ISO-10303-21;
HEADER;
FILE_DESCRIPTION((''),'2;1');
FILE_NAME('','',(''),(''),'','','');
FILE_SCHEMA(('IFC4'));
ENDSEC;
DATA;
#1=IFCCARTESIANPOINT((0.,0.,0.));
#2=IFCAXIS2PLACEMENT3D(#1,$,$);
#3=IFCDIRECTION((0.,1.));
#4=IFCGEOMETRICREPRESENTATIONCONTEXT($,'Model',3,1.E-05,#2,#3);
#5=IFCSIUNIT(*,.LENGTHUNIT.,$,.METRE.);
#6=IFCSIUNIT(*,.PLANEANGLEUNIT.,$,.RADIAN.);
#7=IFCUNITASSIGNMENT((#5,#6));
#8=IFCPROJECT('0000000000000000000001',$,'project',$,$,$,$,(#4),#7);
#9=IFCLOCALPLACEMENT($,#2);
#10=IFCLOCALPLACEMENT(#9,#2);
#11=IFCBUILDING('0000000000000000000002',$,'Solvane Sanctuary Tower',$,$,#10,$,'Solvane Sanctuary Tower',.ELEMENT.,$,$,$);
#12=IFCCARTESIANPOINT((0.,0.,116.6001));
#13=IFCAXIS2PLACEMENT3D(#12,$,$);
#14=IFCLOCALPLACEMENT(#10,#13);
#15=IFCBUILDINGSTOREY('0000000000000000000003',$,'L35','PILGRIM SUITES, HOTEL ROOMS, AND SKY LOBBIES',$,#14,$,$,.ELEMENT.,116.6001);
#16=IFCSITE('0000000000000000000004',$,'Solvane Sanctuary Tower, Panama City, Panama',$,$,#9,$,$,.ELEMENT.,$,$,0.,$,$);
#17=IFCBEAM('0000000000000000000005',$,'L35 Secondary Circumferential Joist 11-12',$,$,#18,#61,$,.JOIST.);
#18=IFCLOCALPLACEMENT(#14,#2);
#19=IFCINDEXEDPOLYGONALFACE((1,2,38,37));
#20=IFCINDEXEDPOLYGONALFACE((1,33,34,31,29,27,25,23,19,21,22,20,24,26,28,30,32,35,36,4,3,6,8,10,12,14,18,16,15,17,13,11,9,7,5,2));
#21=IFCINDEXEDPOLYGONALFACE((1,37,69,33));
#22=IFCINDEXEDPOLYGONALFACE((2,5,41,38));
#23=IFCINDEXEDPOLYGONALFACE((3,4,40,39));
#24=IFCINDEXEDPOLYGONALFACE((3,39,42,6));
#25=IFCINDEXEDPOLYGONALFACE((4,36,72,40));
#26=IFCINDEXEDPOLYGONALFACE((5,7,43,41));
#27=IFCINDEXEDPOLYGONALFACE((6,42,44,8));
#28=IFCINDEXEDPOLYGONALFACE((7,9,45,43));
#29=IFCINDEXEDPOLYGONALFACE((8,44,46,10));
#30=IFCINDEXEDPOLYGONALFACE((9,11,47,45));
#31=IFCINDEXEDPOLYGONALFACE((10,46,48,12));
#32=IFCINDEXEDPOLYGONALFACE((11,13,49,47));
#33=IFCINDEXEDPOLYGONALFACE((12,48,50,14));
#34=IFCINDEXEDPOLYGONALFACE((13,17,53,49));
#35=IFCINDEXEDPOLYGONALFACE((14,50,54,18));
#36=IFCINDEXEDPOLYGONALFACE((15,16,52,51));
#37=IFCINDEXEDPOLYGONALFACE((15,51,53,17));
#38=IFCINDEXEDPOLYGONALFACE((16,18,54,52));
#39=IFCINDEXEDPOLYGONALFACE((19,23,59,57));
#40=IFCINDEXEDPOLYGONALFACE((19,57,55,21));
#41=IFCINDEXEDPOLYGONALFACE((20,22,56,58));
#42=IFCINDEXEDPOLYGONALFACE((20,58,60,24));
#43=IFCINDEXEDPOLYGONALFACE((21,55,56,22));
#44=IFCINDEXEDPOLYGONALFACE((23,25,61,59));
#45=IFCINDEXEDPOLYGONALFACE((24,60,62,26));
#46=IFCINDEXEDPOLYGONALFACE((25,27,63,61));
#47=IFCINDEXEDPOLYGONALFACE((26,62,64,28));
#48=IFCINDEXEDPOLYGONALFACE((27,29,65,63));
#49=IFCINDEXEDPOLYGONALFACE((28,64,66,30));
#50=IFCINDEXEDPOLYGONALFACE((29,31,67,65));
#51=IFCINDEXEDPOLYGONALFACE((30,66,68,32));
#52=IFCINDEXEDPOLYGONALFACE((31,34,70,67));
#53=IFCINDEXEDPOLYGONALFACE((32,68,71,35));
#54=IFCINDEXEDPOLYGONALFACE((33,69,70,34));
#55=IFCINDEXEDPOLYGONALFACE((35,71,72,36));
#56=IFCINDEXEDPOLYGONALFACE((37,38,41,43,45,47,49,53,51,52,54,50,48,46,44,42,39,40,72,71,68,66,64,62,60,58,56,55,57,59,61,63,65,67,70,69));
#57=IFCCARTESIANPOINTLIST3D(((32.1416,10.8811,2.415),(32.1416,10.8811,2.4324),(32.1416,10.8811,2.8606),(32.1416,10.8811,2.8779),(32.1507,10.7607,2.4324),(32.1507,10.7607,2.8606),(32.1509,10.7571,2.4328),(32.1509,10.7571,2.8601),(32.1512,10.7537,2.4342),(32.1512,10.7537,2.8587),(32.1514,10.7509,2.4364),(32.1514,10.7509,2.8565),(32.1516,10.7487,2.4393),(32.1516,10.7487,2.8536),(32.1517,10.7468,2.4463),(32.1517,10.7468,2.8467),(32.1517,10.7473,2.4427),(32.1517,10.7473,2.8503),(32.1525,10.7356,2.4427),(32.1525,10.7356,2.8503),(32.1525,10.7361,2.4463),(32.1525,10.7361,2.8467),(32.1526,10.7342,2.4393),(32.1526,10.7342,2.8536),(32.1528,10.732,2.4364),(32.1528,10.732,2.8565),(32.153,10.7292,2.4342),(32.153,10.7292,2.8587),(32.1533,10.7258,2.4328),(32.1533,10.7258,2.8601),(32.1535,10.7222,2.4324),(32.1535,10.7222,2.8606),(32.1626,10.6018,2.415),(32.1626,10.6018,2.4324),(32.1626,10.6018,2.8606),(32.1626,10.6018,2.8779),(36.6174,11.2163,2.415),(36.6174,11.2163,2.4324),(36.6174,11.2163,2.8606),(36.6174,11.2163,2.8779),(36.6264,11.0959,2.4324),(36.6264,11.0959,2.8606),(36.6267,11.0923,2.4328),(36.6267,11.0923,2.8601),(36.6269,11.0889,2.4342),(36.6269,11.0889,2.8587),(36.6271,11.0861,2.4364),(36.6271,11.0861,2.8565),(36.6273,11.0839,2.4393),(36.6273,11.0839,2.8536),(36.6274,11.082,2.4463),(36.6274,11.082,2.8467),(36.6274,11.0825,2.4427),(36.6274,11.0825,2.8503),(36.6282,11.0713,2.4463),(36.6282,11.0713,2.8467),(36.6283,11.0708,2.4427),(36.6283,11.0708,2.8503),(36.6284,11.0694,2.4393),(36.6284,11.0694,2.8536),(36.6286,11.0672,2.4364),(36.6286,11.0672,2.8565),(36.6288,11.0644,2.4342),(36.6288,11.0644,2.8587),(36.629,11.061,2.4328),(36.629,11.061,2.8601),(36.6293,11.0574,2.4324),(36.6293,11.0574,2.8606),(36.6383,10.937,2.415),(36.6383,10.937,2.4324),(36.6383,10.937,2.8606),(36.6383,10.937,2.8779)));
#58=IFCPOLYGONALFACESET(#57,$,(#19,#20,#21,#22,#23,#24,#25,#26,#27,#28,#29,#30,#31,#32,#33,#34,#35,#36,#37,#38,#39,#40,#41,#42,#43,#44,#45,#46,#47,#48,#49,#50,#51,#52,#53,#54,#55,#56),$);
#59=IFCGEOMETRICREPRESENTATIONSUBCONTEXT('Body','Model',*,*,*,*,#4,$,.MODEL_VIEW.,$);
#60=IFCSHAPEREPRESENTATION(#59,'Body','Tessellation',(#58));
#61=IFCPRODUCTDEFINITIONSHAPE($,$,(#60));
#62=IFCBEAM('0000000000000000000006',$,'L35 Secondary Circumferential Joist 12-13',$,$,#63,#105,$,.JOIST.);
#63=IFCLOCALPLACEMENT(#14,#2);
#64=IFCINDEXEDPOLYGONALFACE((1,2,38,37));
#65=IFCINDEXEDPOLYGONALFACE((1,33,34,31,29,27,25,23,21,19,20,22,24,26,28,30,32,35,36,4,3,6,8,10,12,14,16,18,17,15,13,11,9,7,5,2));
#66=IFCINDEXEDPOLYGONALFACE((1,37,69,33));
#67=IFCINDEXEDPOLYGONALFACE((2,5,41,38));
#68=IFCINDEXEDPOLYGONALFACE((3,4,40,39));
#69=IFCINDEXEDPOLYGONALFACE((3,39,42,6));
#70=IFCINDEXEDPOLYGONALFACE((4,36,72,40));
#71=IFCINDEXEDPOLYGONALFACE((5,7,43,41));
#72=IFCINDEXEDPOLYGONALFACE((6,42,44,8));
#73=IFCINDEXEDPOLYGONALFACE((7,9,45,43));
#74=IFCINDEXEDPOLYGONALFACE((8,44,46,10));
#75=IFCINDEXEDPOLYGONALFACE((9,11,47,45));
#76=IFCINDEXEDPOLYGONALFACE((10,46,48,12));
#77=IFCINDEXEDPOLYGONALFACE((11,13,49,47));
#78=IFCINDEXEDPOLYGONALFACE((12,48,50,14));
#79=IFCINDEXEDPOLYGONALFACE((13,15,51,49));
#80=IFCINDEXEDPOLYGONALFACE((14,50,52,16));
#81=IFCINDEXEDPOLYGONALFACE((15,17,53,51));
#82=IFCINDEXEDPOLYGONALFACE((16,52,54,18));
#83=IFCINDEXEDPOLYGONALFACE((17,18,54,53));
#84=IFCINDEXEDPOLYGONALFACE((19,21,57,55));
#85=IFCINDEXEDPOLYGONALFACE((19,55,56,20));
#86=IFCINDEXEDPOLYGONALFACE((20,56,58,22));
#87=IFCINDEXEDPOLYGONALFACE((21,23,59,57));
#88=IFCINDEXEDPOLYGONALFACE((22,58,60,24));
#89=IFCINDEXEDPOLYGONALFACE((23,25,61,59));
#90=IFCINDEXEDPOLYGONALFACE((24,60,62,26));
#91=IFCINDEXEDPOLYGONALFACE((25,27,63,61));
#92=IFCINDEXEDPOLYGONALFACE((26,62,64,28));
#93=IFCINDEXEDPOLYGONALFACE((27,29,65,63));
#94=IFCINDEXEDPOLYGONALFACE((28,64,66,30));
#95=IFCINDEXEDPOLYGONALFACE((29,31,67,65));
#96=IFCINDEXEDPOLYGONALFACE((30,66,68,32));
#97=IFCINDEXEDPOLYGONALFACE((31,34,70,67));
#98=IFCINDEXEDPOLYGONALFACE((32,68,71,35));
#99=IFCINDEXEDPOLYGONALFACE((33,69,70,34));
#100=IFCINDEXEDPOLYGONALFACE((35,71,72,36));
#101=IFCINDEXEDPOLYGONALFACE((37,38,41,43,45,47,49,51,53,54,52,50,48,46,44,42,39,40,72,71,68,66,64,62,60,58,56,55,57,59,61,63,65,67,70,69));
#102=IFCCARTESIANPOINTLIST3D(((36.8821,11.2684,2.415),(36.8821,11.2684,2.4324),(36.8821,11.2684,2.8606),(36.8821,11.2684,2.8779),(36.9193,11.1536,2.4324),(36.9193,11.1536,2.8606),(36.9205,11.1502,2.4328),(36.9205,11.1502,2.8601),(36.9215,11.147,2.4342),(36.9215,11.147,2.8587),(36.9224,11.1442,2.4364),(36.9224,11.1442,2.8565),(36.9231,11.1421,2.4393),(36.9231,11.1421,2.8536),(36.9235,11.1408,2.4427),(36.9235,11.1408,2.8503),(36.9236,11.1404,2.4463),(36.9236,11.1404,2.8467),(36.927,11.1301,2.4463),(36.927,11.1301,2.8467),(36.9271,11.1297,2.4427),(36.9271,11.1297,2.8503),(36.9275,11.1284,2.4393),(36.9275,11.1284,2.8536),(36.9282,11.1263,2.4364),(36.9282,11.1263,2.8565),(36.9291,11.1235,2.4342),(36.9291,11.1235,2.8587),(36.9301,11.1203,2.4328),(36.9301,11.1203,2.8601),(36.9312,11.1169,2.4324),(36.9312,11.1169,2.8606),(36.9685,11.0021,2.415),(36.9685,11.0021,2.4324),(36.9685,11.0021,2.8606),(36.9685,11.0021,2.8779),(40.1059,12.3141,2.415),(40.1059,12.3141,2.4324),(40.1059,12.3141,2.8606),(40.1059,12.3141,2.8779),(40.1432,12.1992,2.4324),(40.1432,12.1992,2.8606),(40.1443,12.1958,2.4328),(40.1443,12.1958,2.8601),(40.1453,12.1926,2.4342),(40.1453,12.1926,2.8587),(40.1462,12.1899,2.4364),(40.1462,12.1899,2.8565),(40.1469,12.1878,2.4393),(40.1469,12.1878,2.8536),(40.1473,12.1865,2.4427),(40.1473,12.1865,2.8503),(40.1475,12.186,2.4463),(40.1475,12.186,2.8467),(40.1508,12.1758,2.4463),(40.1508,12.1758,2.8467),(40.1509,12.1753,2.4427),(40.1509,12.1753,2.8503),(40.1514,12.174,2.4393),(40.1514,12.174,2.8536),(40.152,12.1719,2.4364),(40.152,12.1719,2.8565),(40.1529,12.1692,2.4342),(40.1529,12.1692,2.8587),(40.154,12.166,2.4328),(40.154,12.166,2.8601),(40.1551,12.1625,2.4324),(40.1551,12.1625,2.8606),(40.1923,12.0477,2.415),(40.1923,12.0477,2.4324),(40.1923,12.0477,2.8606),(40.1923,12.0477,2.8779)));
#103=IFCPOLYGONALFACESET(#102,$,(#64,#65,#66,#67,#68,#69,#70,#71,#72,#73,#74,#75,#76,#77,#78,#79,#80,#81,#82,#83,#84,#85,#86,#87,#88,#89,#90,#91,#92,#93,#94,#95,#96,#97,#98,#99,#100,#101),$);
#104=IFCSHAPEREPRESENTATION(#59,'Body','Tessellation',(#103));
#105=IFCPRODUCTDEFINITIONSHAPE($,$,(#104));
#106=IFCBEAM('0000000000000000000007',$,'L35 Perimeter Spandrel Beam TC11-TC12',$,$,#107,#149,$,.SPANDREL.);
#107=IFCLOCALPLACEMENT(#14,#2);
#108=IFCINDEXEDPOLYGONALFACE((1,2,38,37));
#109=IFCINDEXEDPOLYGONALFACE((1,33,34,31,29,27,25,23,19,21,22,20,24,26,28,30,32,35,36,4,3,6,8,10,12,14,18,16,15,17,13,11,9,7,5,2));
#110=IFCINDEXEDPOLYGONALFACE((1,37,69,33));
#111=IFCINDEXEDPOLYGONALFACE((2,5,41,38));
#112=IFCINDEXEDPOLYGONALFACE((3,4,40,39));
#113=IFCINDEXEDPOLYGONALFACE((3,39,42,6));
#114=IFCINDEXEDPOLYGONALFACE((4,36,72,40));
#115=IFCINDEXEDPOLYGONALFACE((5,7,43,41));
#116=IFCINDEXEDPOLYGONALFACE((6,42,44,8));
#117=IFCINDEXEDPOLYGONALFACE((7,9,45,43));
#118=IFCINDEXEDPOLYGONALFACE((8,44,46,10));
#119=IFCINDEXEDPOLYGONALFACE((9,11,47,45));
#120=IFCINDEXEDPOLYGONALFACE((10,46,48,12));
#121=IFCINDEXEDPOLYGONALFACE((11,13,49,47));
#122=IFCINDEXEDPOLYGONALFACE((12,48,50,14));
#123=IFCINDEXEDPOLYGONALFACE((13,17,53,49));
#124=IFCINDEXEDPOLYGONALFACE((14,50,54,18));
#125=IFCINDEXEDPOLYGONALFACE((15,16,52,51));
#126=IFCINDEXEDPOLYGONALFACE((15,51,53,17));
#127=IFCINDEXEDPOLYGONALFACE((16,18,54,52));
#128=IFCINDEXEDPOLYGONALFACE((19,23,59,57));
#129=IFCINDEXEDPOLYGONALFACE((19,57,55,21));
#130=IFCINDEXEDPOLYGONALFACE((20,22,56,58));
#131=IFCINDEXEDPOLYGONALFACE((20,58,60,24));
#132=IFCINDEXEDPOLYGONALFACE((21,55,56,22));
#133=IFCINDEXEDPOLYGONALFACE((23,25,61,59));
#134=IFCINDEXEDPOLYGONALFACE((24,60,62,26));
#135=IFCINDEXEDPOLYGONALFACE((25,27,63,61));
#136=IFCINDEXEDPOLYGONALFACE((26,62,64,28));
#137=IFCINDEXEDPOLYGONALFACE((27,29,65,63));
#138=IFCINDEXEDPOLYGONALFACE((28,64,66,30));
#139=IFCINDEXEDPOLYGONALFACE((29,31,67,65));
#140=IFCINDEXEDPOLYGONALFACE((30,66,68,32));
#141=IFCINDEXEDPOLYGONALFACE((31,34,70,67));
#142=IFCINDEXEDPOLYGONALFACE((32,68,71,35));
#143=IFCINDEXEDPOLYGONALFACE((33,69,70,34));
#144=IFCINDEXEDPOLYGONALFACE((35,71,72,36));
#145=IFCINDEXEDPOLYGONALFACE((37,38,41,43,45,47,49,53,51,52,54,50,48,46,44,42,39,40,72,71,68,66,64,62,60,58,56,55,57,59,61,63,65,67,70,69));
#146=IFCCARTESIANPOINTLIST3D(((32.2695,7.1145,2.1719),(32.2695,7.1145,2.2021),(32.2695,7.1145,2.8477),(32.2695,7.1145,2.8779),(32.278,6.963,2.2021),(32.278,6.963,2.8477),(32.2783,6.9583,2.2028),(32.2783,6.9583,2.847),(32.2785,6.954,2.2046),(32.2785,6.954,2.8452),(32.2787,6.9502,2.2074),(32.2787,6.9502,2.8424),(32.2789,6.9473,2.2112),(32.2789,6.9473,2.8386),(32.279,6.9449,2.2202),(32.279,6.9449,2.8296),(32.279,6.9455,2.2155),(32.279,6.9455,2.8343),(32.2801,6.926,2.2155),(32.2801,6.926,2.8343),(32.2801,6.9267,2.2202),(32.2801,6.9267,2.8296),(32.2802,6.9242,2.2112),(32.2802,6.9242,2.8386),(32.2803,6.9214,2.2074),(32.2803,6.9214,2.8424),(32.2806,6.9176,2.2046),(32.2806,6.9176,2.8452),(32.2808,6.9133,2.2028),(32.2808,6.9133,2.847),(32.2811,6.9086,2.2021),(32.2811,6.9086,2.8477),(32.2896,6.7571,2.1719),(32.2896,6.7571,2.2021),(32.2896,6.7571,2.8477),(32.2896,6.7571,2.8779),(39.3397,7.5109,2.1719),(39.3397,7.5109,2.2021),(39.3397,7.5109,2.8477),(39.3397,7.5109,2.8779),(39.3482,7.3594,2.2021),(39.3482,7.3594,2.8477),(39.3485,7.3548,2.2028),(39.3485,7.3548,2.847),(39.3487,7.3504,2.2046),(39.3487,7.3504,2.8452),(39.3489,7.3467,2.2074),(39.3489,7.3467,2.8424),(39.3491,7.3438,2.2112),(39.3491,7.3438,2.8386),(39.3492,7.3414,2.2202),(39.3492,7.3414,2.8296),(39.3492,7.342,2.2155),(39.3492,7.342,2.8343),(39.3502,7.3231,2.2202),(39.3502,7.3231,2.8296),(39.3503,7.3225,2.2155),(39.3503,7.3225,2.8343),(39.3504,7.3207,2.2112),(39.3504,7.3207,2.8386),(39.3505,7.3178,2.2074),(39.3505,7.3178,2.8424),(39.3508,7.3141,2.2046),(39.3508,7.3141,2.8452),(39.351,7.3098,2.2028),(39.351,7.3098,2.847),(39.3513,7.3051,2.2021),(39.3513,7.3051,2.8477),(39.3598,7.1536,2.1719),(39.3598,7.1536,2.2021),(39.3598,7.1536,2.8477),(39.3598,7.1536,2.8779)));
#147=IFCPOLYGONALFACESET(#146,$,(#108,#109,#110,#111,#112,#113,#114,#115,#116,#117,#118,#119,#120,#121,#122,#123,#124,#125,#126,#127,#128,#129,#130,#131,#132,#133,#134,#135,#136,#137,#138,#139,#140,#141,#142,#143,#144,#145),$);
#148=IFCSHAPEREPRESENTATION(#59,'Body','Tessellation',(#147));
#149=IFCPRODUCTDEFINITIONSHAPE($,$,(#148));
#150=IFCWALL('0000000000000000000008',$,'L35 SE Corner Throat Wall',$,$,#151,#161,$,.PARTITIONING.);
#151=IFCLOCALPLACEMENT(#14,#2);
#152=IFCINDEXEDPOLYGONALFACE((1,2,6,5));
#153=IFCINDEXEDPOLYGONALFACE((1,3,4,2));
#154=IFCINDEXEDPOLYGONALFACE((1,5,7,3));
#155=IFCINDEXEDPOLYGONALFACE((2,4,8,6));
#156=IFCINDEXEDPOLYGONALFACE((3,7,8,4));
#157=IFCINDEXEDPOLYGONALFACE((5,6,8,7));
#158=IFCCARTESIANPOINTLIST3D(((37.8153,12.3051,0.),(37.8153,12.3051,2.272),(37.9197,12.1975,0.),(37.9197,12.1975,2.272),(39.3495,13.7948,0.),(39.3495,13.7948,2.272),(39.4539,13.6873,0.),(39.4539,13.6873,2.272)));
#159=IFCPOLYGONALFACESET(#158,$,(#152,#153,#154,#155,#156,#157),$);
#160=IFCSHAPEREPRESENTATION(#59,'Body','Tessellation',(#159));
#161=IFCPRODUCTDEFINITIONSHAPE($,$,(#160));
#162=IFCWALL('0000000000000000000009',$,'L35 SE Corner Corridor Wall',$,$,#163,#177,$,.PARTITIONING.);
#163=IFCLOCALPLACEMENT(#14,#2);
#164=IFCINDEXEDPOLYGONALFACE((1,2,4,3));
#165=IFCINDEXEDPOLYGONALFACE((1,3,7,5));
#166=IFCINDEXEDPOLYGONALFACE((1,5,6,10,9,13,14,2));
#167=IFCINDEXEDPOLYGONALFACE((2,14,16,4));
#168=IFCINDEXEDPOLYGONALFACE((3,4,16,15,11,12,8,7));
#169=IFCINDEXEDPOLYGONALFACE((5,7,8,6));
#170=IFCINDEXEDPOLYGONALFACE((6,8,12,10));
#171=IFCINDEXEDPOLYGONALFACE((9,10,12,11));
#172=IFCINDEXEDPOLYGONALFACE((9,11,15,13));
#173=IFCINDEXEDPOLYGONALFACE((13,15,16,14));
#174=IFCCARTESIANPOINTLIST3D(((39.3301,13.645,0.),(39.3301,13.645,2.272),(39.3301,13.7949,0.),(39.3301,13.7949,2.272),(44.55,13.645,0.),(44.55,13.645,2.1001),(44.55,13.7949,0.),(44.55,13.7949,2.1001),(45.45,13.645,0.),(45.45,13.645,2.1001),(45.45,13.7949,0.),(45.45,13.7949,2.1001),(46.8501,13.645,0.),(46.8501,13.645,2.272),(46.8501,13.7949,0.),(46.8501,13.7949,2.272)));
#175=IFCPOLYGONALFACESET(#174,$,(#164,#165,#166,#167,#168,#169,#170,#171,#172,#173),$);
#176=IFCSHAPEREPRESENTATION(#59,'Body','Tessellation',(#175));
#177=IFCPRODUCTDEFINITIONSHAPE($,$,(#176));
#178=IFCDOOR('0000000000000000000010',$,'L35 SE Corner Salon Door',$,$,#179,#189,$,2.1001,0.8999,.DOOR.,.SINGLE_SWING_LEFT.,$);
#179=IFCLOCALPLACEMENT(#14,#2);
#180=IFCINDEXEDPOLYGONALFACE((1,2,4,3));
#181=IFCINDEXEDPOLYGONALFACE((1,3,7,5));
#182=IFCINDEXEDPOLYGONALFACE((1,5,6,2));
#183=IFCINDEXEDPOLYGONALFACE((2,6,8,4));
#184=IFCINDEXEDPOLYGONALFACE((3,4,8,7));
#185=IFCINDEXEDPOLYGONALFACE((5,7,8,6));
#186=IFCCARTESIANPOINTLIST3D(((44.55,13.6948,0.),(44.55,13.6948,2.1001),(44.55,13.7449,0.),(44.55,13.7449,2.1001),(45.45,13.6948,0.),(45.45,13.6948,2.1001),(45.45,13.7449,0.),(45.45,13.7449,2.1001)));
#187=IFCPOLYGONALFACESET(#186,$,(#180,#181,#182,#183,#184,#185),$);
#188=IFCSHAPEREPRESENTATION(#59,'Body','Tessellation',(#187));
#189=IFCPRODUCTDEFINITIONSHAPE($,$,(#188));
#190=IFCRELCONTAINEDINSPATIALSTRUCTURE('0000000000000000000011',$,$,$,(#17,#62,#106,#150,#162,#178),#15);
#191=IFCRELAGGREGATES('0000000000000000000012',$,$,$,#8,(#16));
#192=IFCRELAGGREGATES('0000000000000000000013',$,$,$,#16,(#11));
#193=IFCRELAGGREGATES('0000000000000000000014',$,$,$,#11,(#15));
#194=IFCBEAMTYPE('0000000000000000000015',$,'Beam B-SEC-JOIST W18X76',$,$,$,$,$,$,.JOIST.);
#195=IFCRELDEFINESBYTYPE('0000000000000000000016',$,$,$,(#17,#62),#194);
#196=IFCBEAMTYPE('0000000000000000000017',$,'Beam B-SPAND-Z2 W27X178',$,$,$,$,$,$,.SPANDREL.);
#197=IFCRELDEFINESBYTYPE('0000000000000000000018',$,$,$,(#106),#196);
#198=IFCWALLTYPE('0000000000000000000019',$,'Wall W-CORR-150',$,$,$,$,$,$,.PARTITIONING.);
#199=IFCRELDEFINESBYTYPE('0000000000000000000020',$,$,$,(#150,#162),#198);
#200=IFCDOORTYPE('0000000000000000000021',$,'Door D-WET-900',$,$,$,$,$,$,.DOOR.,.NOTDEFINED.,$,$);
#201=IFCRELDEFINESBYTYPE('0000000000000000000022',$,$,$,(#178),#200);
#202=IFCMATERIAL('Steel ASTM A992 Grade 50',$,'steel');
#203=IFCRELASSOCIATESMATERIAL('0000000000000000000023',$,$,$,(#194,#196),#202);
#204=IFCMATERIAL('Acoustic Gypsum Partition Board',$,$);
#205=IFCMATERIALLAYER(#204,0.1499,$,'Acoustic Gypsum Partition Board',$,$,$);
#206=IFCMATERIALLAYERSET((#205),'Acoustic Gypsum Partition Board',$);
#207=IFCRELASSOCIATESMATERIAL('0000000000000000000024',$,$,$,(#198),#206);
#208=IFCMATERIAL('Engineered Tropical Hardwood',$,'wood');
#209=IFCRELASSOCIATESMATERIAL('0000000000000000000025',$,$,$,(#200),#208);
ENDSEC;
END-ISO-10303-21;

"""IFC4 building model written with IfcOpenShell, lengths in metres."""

from ifc_helpers import new_model, si_unit, direction, frame, frame_2d, origin, origin_2d, place, context, subcontext, project, spatial, rectangle, i_section, extrude, material, layer, layer_set, material_profile, profile_set, type_object, element, fill, save


model = new_model("IFC4")

# Units and contexts
model_context = context("Model", 3, precision=1e-05, world=origin(), true_north=direction((0.0, 1.0)))
body_context = subcontext(model_context, "Body", "Model", "MODEL_VIEW")
ifc_project = project(units=[si_unit("LENGTHUNIT", "METRE"), si_unit("PLANEANGLEUNIT", "RADIAN")], contexts=[model_context])

# Site, building, storey
site_placement = place(None, origin())
site = spatial("IfcSite", under=ifc_project, at=site_placement, Name="Solvane Sanctuary Tower, Panama City, Panama", CompositionType="ELEMENT", RefElevation=0.0)
building_placement = place(site_placement, origin())
building = spatial("IfcBuilding", under=site, at=building_placement, Name="Solvane Sanctuary Tower", LongName="Solvane Sanctuary Tower", CompositionType="ELEMENT")
storey_placement = place(building_placement, frame((0.0, 0.0, 116.6001)))
storey = spatial("IfcBuildingStorey", under=building, at=storey_placement, Name="L35", Description="PILGRIM SUITES, HOTEL ROOMS, AND SKY LOBBIES", CompositionType="ELEMENT", Elevation=116.6001)

# Beams
ifc_material_1 = material(Name="Steel ASTM A992 Grade 50", Category="steel")
ifc_material_profile_1 = material_profile(ifc_material_1, i_section(OverallWidth=0.28, OverallDepth=0.4629, WebThickness=0.0107, FlangeThickness=0.0173, FilletRadius=0.0139, at=origin_2d()), Name="W18X76")
ifc_profile_set_1 = profile_set([ifc_material_profile_1], Name="Steel ASTM A992 Grade 50")
beam_type_1 = type_object("IfcBeamType", Name="Beam B-SEC-JOIST W18X76", PredefinedType="JOIST", material=ifc_profile_set_1)
beam_1_placement = place(storey_placement, frame((32.1521, 10.7415, 2.6465), z_axis=(0.997207, 0.074683, 0.0), x_axis=(-0.074683, 0.997207, 0.0)))
element("IfcBeam", 1, at=beam_1_placement, inside=storey, type_object=beam_type_1, Name="L35 Secondary Circumferential Joist 11-12", PredefinedType="JOIST", context=body_context, shape_type="SweptSolid", body=[
    extrude(i_section(OverallWidth=0.28, OverallDepth=0.4629, WebThickness=0.0107, FlangeThickness=0.0173, FilletRadius=0.0139, at=origin_2d()), origin(), (0.0, 0.0, 1.0), 4.4883),
])
beam_2_placement = place(storey_placement, frame((36.9253, 11.1353, 2.6465), z_axis=(0.951217, 0.308524, 0.0), x_axis=(-0.308524, 0.951217, 0.0)))
element("IfcBeam", 2, at=beam_2_placement, inside=storey, type_object=beam_type_1, Name="L35 Secondary Circumferential Joist 12-13", PredefinedType="JOIST", context=body_context, shape_type="SweptSolid", body=[
    extrude(i_section(OverallWidth=0.28, OverallDepth=0.4629, WebThickness=0.0107, FlangeThickness=0.0173, FilletRadius=0.0139, at=origin_2d()), origin(), (0.0, 0.0, 1.0), 3.3892),
])
ifc_material_profile_2 = material_profile(ifc_material_1, i_section(OverallWidth=0.3579, OverallDepth=0.7061, WebThickness=0.0183, FlangeThickness=0.0303, FilletRadius=0.0181, at=origin_2d()), Name="W27X178")
ifc_profile_set_2 = profile_set([ifc_material_profile_2], Name="Steel ASTM A992 Grade 50")
beam_type_2 = type_object("IfcBeamType", Name="Beam B-SPAND-Z2 W27X178", PredefinedType="SPANDREL", material=ifc_profile_set_2)
beam_3_placement = place(storey_placement, frame((32.2795, 6.9358, 2.5249), z_axis=(0.998431, 0.055989, 0.0), x_axis=(-0.055989, 0.998431, 0.0)))
element("IfcBeam", 3, at=beam_3_placement, inside=storey, type_object=beam_type_2, Name="L35 Perimeter Spandrel Beam TC11-TC12", PredefinedType="SPANDREL", context=body_context, shape_type="SweptSolid", body=[
    extrude(i_section(OverallWidth=0.3579, OverallDepth=0.7061, WebThickness=0.0183, FlangeThickness=0.0303, FilletRadius=0.0181, at=origin_2d()), origin(), (0.0, 0.0, 1.0), 7.0813),
])

# Wall
ifc_material_2 = material(Name="Acoustic Gypsum Partition Board")
ifc_layer_1 = layer(ifc_material_2, 0.1499, Name="Acoustic Gypsum Partition Board")
ifc_layer_set_1 = layer_set([ifc_layer_1], Name="Acoustic Gypsum Partition Board")
wall_type_1 = type_object("IfcWallType", Name="Wall W-CORR-150", PredefinedType="PARTITIONING", material=ifc_layer_set_1)
wall_1_placement = place(storey_placement, frame((37.8674, 12.2512, 0.0), z_axis=(0.0, 0.0, 1.0), x_axis=(0.71742, 0.696641, 0.0)))
element("IfcWall", 4, at=wall_1_placement, inside=storey, type_object=wall_type_1, Name="L35 SE Corner Throat Wall", PredefinedType="PARTITIONING", context=body_context, shape_type="SweptSolid", body=[
    extrude(rectangle(XDim=2.1384, YDim=0.1499, at=frame_2d((1.0693, 0.0))), origin(), (0.0, 0.0, 1.0), 2.272),
])

# Wall, opening, door
wall_2_placement = place(storey_placement, frame((39.3301, 13.72, 0.0), z_axis=(0.0, 0.0, 1.0), x_axis=(1.0, 0.0, 0.0)))
wall_2 = element("IfcWall", 5, at=wall_2_placement, inside=storey, type_object=wall_type_1, Name="L35 SE Corner Corridor Wall", PredefinedType="PARTITIONING", context=body_context, shape_type="SweptSolid", body=[
    extrude(rectangle(XDim=7.52, YDim=0.1499, at=frame_2d((3.76, 0.0))), origin(), (0.0, 0.0, 1.0), 2.272),
])
opening_1_placement = place(wall_2_placement, frame((5.22, 0.0, 0.0)))
opening_1 = element("IfcOpeningElement", 6, at=opening_1_placement, cuts=wall_2, PredefinedType="OPENING", context=body_context, shape_type="SweptSolid", body=[
    extrude(rectangle(XDim=0.8999, YDim=2.1001, at=frame_2d((0.45, 1.05))), frame((0.0, 0.085, 0.0), z_axis=(0.0, -1.0, 0.0), x_axis=(1.0, 0.0, 0.0)), (0.0, 0.0, 1.0), 0.1699),
])
ifc_material_3 = material(Name="Engineered Tropical Hardwood", Category="wood")
door_type_1 = type_object("IfcDoorType", Name="Door D-WET-900", OperationType="NOTDEFINED", PredefinedType="DOOR", material=ifc_material_3)
door_1_placement = place(opening_1_placement, origin())
door_1 = element("IfcDoor", 7, at=door_1_placement, inside=storey, type_object=door_type_1, Name="L35 SE Corner Salon Door", OperationType="SINGLE_SWING_LEFT", OverallHeight=2.1001, OverallWidth=0.8999, PredefinedType="DOOR", context=body_context, shape_type="SweptSolid", body=[
    extrude(rectangle(XDim=0.8999, YDim=2.1001, at=frame_2d((0.45, 1.05))), frame((0.0, 0.0249, 0.0), z_axis=(0.0, -1.0, 0.0), x_axis=(1.0, 0.0, 0.0)), (0.0, 0.0, 1.0), 0.05),
])
fill(opening_1, door_1)

save(model, "model.ifc")
